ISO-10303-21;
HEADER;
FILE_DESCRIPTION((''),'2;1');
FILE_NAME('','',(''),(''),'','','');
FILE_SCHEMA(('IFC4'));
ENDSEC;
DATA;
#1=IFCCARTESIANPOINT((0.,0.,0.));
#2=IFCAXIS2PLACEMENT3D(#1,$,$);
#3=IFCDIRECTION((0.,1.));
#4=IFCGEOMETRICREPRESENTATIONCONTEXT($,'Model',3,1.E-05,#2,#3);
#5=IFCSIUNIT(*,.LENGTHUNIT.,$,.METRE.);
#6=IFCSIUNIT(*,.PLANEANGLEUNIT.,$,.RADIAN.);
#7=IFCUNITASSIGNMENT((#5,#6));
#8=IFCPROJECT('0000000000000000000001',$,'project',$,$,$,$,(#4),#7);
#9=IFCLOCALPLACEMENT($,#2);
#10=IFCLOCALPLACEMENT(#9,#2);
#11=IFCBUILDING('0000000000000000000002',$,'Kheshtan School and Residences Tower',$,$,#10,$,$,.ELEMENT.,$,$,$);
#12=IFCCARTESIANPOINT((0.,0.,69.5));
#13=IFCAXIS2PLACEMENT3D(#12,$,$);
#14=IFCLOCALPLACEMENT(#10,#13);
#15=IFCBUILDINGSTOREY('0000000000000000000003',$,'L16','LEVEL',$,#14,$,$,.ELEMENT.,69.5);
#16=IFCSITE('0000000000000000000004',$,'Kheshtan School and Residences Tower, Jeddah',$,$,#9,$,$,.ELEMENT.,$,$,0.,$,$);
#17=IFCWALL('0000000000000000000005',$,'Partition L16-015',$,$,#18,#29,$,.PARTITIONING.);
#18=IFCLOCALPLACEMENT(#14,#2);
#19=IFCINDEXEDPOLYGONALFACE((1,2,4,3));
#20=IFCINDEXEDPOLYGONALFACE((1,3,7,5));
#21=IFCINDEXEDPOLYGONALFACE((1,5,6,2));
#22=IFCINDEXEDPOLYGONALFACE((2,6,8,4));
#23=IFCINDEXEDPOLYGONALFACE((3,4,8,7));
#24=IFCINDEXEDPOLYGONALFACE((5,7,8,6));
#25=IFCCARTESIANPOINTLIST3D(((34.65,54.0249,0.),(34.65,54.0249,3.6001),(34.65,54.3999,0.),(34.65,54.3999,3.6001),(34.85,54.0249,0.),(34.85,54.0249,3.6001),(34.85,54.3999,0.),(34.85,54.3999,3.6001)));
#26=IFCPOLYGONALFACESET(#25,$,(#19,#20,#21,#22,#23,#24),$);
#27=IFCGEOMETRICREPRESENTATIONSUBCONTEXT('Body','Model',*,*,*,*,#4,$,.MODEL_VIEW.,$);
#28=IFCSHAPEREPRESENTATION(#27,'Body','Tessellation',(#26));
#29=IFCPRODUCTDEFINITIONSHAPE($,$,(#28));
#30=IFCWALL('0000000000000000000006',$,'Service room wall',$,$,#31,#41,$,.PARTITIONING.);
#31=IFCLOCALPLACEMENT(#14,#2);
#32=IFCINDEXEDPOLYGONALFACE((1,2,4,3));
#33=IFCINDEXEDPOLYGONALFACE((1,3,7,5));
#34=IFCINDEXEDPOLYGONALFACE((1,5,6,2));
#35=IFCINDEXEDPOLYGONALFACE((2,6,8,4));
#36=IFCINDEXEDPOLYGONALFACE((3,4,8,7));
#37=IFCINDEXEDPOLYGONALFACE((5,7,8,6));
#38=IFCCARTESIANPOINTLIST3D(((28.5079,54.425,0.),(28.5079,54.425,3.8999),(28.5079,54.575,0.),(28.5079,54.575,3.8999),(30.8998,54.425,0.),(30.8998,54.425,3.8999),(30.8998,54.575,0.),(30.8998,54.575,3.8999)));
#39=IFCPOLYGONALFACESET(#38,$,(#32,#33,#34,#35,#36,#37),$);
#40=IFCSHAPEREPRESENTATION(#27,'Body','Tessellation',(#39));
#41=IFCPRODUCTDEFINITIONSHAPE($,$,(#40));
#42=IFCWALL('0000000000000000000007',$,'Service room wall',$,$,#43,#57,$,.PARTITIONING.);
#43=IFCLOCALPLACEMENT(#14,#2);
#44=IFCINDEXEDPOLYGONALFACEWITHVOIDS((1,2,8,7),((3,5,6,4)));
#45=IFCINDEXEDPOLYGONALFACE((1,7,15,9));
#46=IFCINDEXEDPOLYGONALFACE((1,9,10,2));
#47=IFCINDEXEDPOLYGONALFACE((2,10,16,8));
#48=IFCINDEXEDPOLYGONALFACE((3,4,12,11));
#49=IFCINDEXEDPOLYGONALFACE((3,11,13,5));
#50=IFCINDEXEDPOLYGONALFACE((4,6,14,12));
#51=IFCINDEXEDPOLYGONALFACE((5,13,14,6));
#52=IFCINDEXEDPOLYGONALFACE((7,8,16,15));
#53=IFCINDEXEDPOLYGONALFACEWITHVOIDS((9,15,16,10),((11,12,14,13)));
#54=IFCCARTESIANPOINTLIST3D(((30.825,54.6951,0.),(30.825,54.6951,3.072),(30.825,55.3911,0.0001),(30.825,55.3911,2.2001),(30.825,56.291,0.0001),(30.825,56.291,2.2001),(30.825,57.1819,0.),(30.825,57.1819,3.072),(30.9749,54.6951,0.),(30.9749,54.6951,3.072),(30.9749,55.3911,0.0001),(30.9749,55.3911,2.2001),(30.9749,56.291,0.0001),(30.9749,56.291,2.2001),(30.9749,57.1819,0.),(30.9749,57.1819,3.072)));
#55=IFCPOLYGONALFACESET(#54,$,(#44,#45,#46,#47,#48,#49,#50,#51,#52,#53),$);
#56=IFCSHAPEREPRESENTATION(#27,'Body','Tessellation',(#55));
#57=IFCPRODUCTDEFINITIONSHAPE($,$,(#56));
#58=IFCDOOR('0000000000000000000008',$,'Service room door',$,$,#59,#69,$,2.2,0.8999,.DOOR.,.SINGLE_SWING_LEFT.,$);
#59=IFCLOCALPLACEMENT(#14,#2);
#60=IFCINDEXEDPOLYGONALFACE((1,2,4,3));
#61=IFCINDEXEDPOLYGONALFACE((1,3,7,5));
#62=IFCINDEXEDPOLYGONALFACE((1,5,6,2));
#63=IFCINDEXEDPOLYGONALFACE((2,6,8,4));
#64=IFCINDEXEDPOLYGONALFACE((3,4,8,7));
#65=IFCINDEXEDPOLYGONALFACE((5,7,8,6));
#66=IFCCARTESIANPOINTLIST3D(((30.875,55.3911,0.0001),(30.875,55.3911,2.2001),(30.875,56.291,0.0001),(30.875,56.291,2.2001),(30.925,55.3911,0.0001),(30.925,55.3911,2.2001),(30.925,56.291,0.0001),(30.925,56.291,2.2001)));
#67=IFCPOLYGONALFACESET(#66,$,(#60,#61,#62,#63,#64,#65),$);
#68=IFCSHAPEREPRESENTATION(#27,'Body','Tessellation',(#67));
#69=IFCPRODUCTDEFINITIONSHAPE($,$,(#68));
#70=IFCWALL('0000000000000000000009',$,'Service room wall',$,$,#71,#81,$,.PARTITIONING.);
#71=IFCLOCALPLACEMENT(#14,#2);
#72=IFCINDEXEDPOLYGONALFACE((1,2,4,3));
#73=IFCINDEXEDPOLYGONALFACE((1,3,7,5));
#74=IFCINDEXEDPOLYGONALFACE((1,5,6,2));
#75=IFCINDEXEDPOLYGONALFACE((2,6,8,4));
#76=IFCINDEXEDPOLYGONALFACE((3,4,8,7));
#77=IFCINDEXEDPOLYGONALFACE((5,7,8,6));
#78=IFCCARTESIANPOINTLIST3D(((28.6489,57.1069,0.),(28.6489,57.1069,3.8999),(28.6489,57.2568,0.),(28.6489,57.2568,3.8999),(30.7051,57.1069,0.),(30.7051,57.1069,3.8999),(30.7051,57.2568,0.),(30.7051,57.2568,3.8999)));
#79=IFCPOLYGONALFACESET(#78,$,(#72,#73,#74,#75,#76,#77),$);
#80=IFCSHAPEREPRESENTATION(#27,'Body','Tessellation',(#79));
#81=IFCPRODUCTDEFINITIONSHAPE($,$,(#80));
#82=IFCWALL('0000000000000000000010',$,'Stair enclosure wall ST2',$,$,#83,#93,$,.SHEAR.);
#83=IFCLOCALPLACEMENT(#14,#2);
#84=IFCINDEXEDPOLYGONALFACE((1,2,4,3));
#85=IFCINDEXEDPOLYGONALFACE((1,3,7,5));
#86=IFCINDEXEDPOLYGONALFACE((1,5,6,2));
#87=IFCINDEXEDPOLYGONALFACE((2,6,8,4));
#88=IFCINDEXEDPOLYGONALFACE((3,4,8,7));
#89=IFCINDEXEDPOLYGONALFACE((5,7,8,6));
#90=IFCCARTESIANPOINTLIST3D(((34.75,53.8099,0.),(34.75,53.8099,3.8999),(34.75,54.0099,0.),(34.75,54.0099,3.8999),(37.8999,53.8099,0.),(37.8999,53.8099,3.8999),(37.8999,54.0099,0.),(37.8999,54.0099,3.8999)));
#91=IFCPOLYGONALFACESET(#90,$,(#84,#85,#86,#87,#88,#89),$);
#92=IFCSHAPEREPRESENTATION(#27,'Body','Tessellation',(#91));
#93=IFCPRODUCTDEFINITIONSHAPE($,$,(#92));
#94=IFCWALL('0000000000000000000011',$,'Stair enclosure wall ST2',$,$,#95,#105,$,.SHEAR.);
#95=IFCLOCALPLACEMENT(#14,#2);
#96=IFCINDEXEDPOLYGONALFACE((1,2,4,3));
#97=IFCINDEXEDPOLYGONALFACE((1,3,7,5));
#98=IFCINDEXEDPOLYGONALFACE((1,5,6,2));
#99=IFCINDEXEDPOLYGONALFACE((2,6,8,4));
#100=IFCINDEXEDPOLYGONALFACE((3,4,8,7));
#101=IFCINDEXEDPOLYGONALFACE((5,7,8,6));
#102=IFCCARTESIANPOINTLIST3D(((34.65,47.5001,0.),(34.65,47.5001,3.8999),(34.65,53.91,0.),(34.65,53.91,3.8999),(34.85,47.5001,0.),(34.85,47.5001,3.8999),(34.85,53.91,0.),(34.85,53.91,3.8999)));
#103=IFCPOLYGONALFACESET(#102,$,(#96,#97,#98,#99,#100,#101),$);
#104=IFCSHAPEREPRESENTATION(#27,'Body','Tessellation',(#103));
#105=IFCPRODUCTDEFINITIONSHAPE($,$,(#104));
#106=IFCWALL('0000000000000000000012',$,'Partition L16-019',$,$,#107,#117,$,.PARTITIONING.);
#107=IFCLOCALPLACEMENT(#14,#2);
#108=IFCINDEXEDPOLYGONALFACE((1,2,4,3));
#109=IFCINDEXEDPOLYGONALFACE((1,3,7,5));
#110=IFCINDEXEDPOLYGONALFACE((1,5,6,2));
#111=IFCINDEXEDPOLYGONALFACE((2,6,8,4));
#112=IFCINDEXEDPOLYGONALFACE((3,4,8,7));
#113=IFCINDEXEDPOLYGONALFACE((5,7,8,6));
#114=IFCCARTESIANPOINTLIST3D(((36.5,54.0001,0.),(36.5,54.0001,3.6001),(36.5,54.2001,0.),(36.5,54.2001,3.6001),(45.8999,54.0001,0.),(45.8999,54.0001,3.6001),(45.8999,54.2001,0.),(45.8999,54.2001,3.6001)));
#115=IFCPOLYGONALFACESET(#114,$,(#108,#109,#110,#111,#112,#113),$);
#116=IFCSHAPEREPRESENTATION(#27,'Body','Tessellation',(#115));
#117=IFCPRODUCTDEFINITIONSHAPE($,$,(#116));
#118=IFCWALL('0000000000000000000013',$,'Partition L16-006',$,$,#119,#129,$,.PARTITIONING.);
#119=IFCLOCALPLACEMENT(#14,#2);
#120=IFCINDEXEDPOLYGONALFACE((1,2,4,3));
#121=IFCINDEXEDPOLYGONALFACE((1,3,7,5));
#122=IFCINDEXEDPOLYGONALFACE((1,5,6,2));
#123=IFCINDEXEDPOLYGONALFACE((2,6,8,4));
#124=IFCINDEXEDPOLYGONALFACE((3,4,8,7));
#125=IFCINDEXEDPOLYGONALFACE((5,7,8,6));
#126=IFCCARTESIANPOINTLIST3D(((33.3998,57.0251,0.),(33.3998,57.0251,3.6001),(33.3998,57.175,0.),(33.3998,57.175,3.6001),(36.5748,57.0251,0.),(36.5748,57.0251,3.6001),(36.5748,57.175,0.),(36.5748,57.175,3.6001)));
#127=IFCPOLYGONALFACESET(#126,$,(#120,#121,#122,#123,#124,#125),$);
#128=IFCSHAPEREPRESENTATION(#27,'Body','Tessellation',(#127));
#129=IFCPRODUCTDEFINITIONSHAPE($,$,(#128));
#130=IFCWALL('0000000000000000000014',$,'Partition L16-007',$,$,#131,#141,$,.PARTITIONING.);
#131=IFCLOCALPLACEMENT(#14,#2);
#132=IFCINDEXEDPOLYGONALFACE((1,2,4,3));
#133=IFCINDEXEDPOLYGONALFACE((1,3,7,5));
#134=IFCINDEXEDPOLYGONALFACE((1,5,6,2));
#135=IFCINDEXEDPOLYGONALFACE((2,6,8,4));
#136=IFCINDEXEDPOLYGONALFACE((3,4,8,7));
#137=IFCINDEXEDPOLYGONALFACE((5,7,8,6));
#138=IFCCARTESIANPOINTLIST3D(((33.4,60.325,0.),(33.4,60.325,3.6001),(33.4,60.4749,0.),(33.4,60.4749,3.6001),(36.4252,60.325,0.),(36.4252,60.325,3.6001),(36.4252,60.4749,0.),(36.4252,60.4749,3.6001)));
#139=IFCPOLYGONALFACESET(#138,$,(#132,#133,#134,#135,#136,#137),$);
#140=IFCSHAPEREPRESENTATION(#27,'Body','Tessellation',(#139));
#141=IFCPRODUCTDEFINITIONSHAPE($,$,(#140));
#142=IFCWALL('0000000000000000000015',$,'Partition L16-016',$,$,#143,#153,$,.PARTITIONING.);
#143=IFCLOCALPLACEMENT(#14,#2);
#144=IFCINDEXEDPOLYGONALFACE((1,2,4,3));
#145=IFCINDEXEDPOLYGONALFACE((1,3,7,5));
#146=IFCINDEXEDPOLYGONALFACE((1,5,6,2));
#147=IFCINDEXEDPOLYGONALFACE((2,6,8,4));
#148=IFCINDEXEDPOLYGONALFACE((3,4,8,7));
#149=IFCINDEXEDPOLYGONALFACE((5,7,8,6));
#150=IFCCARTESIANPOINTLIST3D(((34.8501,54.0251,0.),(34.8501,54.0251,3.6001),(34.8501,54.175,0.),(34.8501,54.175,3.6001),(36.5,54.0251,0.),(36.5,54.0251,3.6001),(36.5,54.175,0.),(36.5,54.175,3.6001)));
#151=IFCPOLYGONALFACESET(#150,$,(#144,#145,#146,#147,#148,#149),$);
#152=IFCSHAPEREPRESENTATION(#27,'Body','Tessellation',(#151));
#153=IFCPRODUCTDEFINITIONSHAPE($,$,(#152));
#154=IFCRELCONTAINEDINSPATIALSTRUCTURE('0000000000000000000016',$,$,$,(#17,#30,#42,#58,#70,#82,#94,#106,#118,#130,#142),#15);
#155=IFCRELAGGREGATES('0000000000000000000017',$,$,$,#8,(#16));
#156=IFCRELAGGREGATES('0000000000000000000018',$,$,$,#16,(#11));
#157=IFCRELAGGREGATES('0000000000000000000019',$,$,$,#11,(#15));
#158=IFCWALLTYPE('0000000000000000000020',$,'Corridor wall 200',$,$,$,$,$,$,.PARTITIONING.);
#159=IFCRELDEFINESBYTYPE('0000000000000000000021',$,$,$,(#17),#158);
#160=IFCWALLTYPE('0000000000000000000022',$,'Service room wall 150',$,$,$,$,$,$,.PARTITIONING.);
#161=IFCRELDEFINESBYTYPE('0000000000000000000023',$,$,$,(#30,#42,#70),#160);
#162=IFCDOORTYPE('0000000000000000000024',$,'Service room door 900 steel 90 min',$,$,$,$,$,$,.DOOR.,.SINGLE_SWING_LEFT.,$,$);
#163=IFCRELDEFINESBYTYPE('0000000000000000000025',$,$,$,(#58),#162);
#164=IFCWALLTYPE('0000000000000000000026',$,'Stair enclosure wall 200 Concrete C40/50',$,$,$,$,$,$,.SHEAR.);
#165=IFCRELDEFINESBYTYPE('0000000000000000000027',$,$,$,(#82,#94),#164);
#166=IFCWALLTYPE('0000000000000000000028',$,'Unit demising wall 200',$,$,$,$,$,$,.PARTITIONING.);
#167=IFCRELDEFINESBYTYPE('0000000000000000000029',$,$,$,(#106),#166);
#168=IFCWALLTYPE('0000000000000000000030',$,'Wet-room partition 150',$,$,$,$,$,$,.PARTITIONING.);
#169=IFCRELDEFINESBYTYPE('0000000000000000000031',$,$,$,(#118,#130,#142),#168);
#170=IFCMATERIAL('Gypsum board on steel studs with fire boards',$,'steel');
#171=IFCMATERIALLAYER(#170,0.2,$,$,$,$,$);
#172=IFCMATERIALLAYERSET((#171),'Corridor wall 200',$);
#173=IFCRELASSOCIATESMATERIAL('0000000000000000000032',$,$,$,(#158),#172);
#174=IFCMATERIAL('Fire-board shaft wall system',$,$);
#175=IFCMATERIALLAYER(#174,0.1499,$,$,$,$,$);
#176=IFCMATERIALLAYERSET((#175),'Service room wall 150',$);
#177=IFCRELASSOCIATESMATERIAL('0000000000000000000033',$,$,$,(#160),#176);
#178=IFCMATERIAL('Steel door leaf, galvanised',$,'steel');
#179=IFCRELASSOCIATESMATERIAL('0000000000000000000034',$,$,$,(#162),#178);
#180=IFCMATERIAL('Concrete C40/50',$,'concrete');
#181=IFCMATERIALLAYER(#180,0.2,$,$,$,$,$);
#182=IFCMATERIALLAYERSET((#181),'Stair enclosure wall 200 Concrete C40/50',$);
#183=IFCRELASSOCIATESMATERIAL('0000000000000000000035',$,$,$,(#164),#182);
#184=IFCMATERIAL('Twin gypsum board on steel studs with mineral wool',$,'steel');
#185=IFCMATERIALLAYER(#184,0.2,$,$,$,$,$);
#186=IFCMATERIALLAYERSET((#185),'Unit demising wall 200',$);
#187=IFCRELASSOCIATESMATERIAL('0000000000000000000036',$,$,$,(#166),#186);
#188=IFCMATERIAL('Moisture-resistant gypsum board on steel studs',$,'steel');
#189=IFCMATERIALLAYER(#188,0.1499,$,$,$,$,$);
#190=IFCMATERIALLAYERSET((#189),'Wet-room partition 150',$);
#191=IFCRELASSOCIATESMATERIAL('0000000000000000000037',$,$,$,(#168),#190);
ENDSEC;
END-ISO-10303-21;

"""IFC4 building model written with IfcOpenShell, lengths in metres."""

from ifc_helpers import new_model, si_unit, direction, frame, frame_2d, origin, place, context, subcontext, project, spatial, rectangle, extrude, source, transform, mapped, material, layer, layer_set, type_object, element, fill, save


model = new_model("IFC4")

# Units and contexts
model_context = context("Model", 3, precision=1e-05, world=origin(), true_north=direction((0.0, 1.0)))
body_context = subcontext(model_context, "Body", "Model", "MODEL_VIEW")
ifc_project = project(units=[si_unit("LENGTHUNIT", "METRE"), si_unit("PLANEANGLEUNIT", "RADIAN")], contexts=[model_context])

# Site, building, storey
site_placement = place(None, origin())
site = spatial("IfcSite", under=ifc_project, at=site_placement, Name="Kheshtan School and Residences Tower, Jeddah", CompositionType="ELEMENT", RefElevation=0.0)
building_placement = place(site_placement, origin())
building = spatial("IfcBuilding", under=site, at=building_placement, Name="Kheshtan School and Residences Tower", CompositionType="ELEMENT")
storey_placement = place(building_placement, frame((0.0, 0.0, 69.5)))
storey = spatial("IfcBuildingStorey", under=building, at=storey_placement, Name="L16", Description="LEVEL", CompositionType="ELEMENT", Elevation=69.5)

# Shared definitions
ifc_material_1 = material(Name="Gypsum board on steel studs with fire boards", Category="steel")
ifc_layer_1 = layer(ifc_material_1, 0.2)
ifc_layer_set_1 = layer_set([ifc_layer_1], Name="Corridor wall 200")
wall_type_1 = type_object("IfcWallType", Name="Corridor wall 200", PredefinedType="PARTITIONING", material=ifc_layer_set_1)

# Walls
wall_1_placement = place(storey_placement, frame((34.75, 54.0249, 0.0), z_axis=(0.0, 0.0, 1.0), x_axis=(0.0, 1.0, 0.0)))
element("IfcWall", 1, at=wall_1_placement, inside=storey, type_object=wall_type_1, Name="Partition L16-015", PredefinedType="PARTITIONING", context=body_context, shape_type="SweptSolid", body=[
    extrude(rectangle(XDim=0.375, YDim=0.2, at=frame_2d((0.1875, 0.0))), origin(), (0.0, 0.0, 1.0), 3.6001),
])
ifc_material_2 = material(Name="Fire-board shaft wall system")
ifc_layer_2 = layer(ifc_material_2, 0.1499)
ifc_layer_set_2 = layer_set([ifc_layer_2], Name="Service room wall 150")
wall_type_2 = type_object("IfcWallType", Name="Service room wall 150", PredefinedType="PARTITIONING", material=ifc_layer_set_2)
wall_2_placement = place(storey_placement, frame((28.5081, 54.5, 0.0), z_axis=(0.0, 0.0, 1.0), x_axis=(1.0, 0.0, 0.0)))
element("IfcWall", 2, at=wall_2_placement, inside=storey, type_object=wall_type_2, Name="Service room wall", PredefinedType="PARTITIONING", context=body_context, shape_type="SweptSolid", body=[
    extrude(rectangle(XDim=2.3918, YDim=0.1499, at=frame_2d((1.1958, 0.0))), origin(), (0.0, 0.0, 1.0), 3.8999),
])

# Wall, opening, door
wall_3_placement = place(storey_placement, frame((30.8999, 54.6951, 0.0), z_axis=(0.0, 0.0, 1.0), x_axis=(0.0, 1.0, 0.0)))
wall_3 = element("IfcWall", 3, at=wall_3_placement, inside=storey, type_object=wall_type_2, Name="Service room wall", PredefinedType="PARTITIONING", context=body_context, shape_type="SweptSolid", body=[
    extrude(rectangle(XDim=2.4868, YDim=0.1499, at=frame_2d((1.2434, 0.0))), origin(), (0.0, 0.0, 1.0), 3.072),
])
opening_1_placement = place(wall_3_placement, frame((0.696, 0.0, 0.0)))
opening_1 = element("IfcOpeningElement", 4, at=opening_1_placement, cuts=wall_3, PredefinedType="OPENING", context=body_context, shape_type="SweptSolid", body=[
    extrude(rectangle(XDim=0.8999, YDim=2.2, at=frame_2d((0.45, 1.1001))), frame((0.0, 0.085, 0.0), z_axis=(0.0, -1.0, 0.0), x_axis=(1.0, 0.0, 0.0)), (0.0, 0.0, 1.0), 0.1699),
])
ifc_material_3 = material(Name="Steel door leaf, galvanised", Category="steel")
door_type_1 = type_object("IfcDoorType", Name="Service room door 900 steel 90 min", OperationType="SINGLE_SWING_LEFT", PredefinedType="DOOR", material=ifc_material_3)
shared_shape_1 = source(origin(), body_context, "Body", "SweptSolid", [
    extrude(rectangle(XDim=0.8999, YDim=2.2, at=frame_2d((0.45, 1.1001))), frame((0.0, 0.0249, 0.0), z_axis=(0.0, -1.0, 0.0), x_axis=(1.0, 0.0, 0.0)), (0.0, 0.0, 1.0), 0.05),
])
door_1_placement = place(opening_1_placement, origin())
door_1 = element("IfcDoor", 5, at=door_1_placement, inside=storey, type_object=door_type_1, Name="Service room door", OperationType="SINGLE_SWING_LEFT", OverallHeight=2.2, OverallWidth=0.8999, PredefinedType="DOOR", context=body_context, shape_type="MappedRepresentation", body=[
    mapped(shared_shape_1, transform((0.0, 0.0, 0.0), x_axis=(1.0, 0.0, 0.0), y_axis=(0.0, 1.0, 0.0), z_axis=(0.0, 0.0, 1.0), scale=1.0)),
])
fill(opening_1, door_1)

# Walls
wall_4_placement = place(storey_placement, frame((28.6489, 57.1819, 0.0), z_axis=(0.0, 0.0, 1.0), x_axis=(1.0, 0.0, 0.0)))
element("IfcWall", 6, at=wall_4_placement, inside=storey, type_object=wall_type_2, Name="Service room wall", PredefinedType="PARTITIONING", context=body_context, shape_type="SweptSolid", body=[
    extrude(rectangle(XDim=2.0562, YDim=0.1499, at=frame_2d((1.0281, 0.0))), origin(), (0.0, 0.0, 1.0), 3.8999),
])
ifc_material_4 = material(Name="Concrete C40/50", Category="concrete")
ifc_layer_3 = layer(ifc_material_4, 0.2)
ifc_layer_set_3 = layer_set([ifc_layer_3], Name="Stair enclosure wall 200 Concrete C40/50")
wall_type_3 = type_object("IfcWallType", Name="Stair enclosure wall 200 Concrete C40/50", PredefinedType="SHEAR", material=ifc_layer_set_3)
wall_5_placement = place(storey_placement, frame((34.75, 53.9099, 0.0), z_axis=(0.0, 0.0, 1.0), x_axis=(1.0, 0.0, 0.0)))
element("IfcWall", 7, at=wall_5_placement, inside=storey, type_object=wall_type_3, Name="Stair enclosure wall ST2", PredefinedType="SHEAR", context=body_context, shape_type="SweptSolid", body=[
    extrude(rectangle(XDim=3.1499, YDim=0.2, at=frame_2d((1.575, 0.0))), origin(), (0.0, 0.0, 1.0), 3.8999),
])
wall_6_placement = place(storey_placement, frame((34.75, 47.5, 0.0), z_axis=(0.0, 0.0, 1.0), x_axis=(0.0, 1.0, 0.0)))
element("IfcWall", 8, at=wall_6_placement, inside=storey, type_object=wall_type_3, Name="Stair enclosure wall ST2", PredefinedType="SHEAR", context=body_context, shape_type="SweptSolid", body=[
    extrude(rectangle(XDim=6.4099, YDim=0.2, at=frame_2d((3.2051, 0.0))), origin(), (0.0, 0.0, 1.0), 3.8999),
])
ifc_material_5 = material(Name="Twin gypsum board on steel studs with mineral wool", Category="steel")
ifc_layer_4 = layer(ifc_material_5, 0.2)
ifc_layer_set_4 = layer_set([ifc_layer_4], Name="Unit demising wall 200")
wall_type_4 = type_object("IfcWallType", Name="Unit demising wall 200", PredefinedType="PARTITIONING", material=ifc_layer_set_4)
wall_7_placement = place(storey_placement, frame((36.5, 54.1001, 0.0), z_axis=(0.0, 0.0, 1.0), x_axis=(1.0, 0.0, 0.0)))
element("IfcWall", 9, at=wall_7_placement, inside=storey, type_object=wall_type_4, Name="Partition L16-019", PredefinedType="PARTITIONING", context=body_context, shape_type="SweptSolid", body=[
    extrude(rectangle(XDim=9.3999, YDim=0.2, at=frame_2d((4.7, 0.0))), origin(), (0.0, 0.0, 1.0), 3.6001),
])
ifc_material_6 = material(Name="Moisture-resistant gypsum board on steel studs", Category="steel")
ifc_layer_5 = layer(ifc_material_6, 0.1499)
ifc_layer_set_5 = layer_set([ifc_layer_5], Name="Wet-room partition 150")
wall_type_5 = type_object("IfcWallType", Name="Wet-room partition 150", PredefinedType="PARTITIONING", material=ifc_layer_set_5)
wall_8_placement = place(storey_placement, frame((33.3999, 57.1001, 0.0), z_axis=(0.0, 0.0, 1.0), x_axis=(1.0, 0.0, 0.0)))
element("IfcWall", 10, at=wall_8_placement, inside=storey, type_object=wall_type_5, Name="Partition L16-006", PredefinedType="PARTITIONING", context=body_context, shape_type="SweptSolid", body=[
    extrude(rectangle(XDim=3.175, YDim=0.1499, at=frame_2d((1.5874, 0.0))), origin(), (0.0, 0.0, 1.0), 3.6001),
])
wall_9_placement = place(storey_placement, frame((33.3999, 60.3999, 0.0), z_axis=(0.0, 0.0, 1.0), x_axis=(1.0, 0.0, 0.0)))
element("IfcWall", 11, at=wall_9_placement, inside=storey, type_object=wall_type_5, Name="Partition L16-007", PredefinedType="PARTITIONING", context=body_context, shape_type="SweptSolid", body=[
    extrude(rectangle(XDim=3.0251, YDim=0.1499, at=frame_2d((1.5127, 0.0))), origin(), (0.0, 0.0, 1.0), 3.6001),
])
wall_10_placement = place(storey_placement, frame((34.8501, 54.1001, 0.0), z_axis=(0.0, 0.0, 1.0), x_axis=(1.0, 0.0, 0.0)))
element("IfcWall", 12, at=wall_10_placement, inside=storey, type_object=wall_type_5, Name="Partition L16-016", PredefinedType="PARTITIONING", context=body_context, shape_type="SweptSolid", body=[
    extrude(rectangle(XDim=1.6499, YDim=0.1499, at=frame_2d((0.825, 0.0))), origin(), (0.0, 0.0, 1.0), 3.6001),
])

save(model, "model.ifc")
